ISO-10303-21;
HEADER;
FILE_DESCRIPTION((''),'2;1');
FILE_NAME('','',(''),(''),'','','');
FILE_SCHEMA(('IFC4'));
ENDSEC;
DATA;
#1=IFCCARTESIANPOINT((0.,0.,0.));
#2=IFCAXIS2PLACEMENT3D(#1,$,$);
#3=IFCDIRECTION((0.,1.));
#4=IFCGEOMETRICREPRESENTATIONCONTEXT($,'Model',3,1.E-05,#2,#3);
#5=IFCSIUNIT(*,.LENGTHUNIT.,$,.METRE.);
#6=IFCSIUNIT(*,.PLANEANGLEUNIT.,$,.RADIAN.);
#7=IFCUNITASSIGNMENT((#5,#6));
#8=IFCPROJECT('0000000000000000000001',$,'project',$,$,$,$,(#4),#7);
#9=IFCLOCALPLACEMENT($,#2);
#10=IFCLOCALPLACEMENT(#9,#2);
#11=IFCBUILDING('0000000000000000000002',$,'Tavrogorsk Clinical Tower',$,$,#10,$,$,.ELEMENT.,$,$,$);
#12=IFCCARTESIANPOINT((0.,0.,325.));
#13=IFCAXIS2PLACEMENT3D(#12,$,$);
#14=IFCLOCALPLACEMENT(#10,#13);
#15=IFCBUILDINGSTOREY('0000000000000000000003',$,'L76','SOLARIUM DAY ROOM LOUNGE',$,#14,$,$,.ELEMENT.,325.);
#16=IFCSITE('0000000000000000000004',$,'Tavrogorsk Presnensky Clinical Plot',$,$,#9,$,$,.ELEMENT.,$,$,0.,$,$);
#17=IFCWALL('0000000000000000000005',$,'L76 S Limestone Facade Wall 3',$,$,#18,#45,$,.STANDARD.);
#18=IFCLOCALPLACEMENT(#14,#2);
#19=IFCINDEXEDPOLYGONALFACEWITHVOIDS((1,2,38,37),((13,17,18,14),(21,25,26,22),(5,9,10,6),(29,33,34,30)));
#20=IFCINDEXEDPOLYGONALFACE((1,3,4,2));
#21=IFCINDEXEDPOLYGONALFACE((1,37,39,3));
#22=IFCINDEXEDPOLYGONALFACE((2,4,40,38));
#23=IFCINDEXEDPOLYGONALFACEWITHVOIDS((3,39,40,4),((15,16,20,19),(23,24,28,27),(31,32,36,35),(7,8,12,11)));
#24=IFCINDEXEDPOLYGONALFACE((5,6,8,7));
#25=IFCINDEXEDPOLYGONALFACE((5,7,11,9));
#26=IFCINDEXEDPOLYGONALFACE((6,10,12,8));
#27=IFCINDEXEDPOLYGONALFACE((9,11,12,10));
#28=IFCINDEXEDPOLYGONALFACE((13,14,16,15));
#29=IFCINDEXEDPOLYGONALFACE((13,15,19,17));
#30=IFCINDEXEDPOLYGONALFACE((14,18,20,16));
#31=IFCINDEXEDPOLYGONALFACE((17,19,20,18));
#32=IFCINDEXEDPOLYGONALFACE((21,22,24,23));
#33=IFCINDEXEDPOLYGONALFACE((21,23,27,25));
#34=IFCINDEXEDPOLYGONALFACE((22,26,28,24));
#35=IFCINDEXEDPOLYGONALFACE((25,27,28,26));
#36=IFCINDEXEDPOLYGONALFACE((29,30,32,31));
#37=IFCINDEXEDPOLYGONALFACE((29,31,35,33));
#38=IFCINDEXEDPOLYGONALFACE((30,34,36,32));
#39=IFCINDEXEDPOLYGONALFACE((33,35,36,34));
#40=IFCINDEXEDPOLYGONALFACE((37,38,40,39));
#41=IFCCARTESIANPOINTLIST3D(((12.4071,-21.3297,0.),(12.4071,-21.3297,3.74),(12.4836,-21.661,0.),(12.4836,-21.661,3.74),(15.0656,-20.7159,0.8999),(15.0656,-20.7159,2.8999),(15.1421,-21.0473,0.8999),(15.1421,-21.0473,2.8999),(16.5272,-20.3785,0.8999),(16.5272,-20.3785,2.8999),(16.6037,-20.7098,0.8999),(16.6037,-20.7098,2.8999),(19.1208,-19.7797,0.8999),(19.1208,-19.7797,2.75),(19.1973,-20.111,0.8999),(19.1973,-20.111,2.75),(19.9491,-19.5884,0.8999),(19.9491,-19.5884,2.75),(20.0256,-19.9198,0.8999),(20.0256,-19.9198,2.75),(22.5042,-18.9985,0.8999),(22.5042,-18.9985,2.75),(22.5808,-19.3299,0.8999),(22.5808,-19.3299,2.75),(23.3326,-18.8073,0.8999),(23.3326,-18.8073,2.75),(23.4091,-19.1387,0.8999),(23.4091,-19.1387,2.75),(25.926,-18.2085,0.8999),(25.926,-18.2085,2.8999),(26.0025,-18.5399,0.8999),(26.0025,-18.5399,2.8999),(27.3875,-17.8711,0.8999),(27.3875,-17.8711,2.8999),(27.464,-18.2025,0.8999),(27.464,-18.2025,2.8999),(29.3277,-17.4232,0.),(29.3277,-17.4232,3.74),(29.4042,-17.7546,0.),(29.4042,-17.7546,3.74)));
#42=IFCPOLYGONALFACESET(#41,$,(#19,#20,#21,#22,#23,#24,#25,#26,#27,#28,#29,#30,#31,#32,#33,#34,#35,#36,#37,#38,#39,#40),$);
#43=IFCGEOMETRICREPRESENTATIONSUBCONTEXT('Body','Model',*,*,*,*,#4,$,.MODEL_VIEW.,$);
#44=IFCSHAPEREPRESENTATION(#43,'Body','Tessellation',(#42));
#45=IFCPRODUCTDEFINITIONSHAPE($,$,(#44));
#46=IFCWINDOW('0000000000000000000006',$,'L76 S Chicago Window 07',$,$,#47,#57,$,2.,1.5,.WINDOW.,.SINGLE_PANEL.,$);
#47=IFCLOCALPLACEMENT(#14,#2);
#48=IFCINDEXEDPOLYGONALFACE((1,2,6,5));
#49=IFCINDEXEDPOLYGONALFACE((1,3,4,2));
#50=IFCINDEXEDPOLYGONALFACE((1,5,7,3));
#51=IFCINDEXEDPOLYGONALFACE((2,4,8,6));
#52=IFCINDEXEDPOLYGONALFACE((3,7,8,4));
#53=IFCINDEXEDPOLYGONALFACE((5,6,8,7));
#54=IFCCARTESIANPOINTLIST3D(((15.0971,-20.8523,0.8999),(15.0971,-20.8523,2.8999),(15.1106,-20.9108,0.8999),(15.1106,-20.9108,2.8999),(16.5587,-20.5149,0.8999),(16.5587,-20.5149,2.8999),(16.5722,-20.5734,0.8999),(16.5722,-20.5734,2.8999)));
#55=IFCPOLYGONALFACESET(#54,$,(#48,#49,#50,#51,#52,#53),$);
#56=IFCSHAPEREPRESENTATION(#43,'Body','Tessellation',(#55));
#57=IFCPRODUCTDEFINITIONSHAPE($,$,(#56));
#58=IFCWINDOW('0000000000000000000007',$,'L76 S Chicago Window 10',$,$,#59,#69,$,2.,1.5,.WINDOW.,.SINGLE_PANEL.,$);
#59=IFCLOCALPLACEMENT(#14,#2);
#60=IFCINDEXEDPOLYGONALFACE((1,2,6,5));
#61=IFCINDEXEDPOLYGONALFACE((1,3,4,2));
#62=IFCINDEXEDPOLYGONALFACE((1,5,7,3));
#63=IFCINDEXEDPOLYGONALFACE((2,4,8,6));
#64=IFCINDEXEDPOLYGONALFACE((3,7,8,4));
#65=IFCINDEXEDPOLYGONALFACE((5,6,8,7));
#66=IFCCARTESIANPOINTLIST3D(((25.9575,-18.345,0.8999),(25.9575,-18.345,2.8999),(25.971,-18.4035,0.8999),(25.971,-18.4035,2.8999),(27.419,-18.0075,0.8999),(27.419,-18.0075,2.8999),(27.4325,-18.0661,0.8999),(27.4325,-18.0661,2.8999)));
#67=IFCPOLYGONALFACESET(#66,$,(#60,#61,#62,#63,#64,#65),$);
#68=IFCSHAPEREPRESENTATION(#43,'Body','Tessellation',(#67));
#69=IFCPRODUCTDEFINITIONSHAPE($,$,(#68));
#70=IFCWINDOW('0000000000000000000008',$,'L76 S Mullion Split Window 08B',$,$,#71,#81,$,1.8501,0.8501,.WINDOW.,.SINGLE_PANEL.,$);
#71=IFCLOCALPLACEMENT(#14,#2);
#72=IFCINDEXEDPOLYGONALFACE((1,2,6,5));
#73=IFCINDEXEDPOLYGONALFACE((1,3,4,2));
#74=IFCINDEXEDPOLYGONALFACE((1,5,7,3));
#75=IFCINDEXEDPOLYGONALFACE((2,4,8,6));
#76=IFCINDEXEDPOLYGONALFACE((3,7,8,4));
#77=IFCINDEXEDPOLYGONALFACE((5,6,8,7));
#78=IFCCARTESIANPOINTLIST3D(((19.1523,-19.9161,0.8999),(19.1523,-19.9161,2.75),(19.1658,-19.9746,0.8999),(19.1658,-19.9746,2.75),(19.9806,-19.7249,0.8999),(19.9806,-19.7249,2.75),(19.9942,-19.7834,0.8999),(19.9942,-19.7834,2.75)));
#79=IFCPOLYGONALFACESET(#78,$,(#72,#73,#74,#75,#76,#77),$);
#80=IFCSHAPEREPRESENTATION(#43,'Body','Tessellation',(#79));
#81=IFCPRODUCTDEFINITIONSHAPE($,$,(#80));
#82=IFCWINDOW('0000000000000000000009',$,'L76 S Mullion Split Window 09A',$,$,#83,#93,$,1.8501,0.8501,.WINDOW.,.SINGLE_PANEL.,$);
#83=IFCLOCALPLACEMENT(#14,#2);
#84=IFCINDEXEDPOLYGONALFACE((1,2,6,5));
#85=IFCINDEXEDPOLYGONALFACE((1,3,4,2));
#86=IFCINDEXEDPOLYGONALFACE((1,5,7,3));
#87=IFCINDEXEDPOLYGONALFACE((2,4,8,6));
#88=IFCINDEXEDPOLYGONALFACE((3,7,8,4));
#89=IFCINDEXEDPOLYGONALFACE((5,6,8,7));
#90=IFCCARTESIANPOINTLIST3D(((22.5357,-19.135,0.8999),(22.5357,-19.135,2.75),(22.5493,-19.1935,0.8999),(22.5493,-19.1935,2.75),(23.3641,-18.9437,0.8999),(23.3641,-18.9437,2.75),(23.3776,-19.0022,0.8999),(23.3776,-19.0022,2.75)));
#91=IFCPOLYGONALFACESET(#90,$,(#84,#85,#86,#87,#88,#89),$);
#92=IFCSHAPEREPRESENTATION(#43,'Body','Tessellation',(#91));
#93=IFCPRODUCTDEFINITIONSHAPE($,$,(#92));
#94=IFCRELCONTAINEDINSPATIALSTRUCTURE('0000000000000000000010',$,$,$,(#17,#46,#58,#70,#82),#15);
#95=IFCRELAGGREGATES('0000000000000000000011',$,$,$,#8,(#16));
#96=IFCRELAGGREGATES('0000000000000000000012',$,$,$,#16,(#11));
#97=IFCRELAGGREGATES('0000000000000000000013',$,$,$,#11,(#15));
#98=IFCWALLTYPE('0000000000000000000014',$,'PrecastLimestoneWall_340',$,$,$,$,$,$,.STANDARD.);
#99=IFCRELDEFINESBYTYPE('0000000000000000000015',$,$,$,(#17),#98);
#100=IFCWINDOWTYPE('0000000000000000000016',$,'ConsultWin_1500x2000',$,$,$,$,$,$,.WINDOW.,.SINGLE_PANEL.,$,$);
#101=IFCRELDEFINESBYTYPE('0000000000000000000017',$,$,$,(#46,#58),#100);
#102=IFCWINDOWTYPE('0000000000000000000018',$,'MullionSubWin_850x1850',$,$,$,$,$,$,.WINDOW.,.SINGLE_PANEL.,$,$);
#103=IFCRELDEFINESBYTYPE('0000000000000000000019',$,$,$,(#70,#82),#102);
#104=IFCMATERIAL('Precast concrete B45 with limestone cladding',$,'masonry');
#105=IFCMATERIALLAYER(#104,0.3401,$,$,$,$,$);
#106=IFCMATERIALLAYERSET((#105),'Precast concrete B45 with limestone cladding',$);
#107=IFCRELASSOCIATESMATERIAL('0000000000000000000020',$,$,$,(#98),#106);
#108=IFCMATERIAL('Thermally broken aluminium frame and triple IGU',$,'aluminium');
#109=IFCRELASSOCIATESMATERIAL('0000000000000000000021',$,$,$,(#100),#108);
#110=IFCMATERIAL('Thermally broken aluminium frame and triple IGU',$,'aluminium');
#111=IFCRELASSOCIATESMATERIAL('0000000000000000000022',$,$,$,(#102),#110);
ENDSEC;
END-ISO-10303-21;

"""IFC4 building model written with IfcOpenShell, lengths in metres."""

from ifc_helpers import new_model, si_unit, direction, frame, frame_2d, origin, place, context, subcontext, project, spatial, rectangle, extrude, material, layer, layer_set, type_object, element, fill, save


model = new_model("IFC4")

# Units and contexts
model_context = context("Model", 3, precision=1e-05, world=origin(), true_north=direction((0.0, 1.0)))
body_context = subcontext(model_context, "Body", "Model", "MODEL_VIEW")
ifc_project = project(units=[si_unit("LENGTHUNIT", "METRE"), si_unit("PLANEANGLEUNIT", "RADIAN")], contexts=[model_context])

# Site, building, storey
site_placement = place(None, origin())
site = spatial("IfcSite", under=ifc_project, at=site_placement, Name="Tavrogorsk Presnensky Clinical Plot", CompositionType="ELEMENT", RefElevation=0.0)
building_placement = place(site_placement, origin())
building = spatial("IfcBuilding", under=site, at=building_placement, Name="Tavrogorsk Clinical Tower", CompositionType="ELEMENT")
storey_placement = place(building_placement, frame((0.0, 0.0, 325.0)))
storey = spatial("IfcBuildingStorey", under=building, at=storey_placement, Name="L76", Description="SOLARIUM DAY ROOM LOUNGE", CompositionType="ELEMENT", Elevation=325.0)

# Wall, openings, windows
ifc_material_1 = material(Name="Precast concrete B45 with limestone cladding", Category="masonry")
ifc_layer_1 = layer(ifc_material_1, 0.3401)
ifc_layer_set_1 = layer_set([ifc_layer_1], Name="Precast concrete B45 with limestone cladding")
wall_type_1 = type_object("IfcWallType", Name="PrecastLimestoneWall_340", PredefinedType="STANDARD", material=ifc_layer_set_1)
wall_1_placement = place(storey_placement, frame((12.4453, -21.4954, 0.0), z_axis=(0.0, 0.0, 1.0), x_axis=(0.974369, 0.224954, 0.0)))
wall_1 = element("IfcWall", 1, at=wall_1_placement, inside=storey, type_object=wall_type_1, Name="L76 S Limestone Facade Wall 3", PredefinedType="STANDARD", context=body_context, shape_type="SweptSolid", body=[
    extrude(rectangle(XDim=17.3657, YDim=0.3401, at=frame_2d((8.6829, 0.0))), origin(), (0.0, 0.0, 1.0), 3.74),
])
opening_1_placement = place(wall_1_placement, frame((2.7285, 0.0, 0.8999)))
opening_1 = element("IfcOpeningElement", 2, at=opening_1_placement, cuts=wall_1, PredefinedType="OPENING", context=body_context, shape_type="SweptSolid", body=[
    extrude(rectangle(XDim=1.5, YDim=2.0, at=frame_2d((0.75, 1.0))), frame((0.0, 0.1799, 0.0), z_axis=(0.0, -1.0, 0.0), x_axis=(1.0, 0.0, 0.0)), (0.0, 0.0, 1.0), 0.3601),
])
opening_2_placement = place(wall_1_placement, frame((6.8904, 0.0, 0.8999)))
opening_2 = element("IfcOpeningElement", 3, at=opening_2_placement, cuts=wall_1, PredefinedType="OPENING", context=body_context, shape_type="SweptSolid", body=[
    extrude(rectangle(XDim=0.8501, YDim=1.8501, at=frame_2d((0.425, 0.925))), frame((0.0, 0.1799, 0.0), z_axis=(0.0, -1.0, 0.0), x_axis=(1.0, 0.0, 0.0)), (0.0, 0.0, 1.0), 0.3601),
])
opening_3_placement = place(wall_1_placement, frame((10.3628, 0.0, 0.8999)))
opening_3 = element("IfcOpeningElement", 4, at=opening_3_placement, cuts=wall_1, PredefinedType="OPENING", context=body_context, shape_type="SweptSolid", body=[
    extrude(rectangle(XDim=0.8501, YDim=1.8501, at=frame_2d((0.425, 0.925))), frame((0.0, 0.1799, 0.0), z_axis=(0.0, -1.0, 0.0), x_axis=(1.0, 0.0, 0.0)), (0.0, 0.0, 1.0), 0.3601),
])
opening_4_placement = place(wall_1_placement, frame((13.8745, 0.0, 0.8999)))
opening_4 = element("IfcOpeningElement", 5, at=opening_4_placement, cuts=wall_1, PredefinedType="OPENING", context=body_context, shape_type="SweptSolid", body=[
    extrude(rectangle(XDim=1.5, YDim=2.0, at=frame_2d((0.75, 1.0))), frame((0.0, 0.1799, 0.0), z_axis=(0.0, -1.0, 0.0), x_axis=(1.0, 0.0, 0.0)), (0.0, 0.0, 1.0), 0.3601),
])
ifc_material_2 = material(Name="Thermally broken aluminium frame and triple IGU", Category="aluminium")
window_type_1 = type_object("IfcWindowType", Name="ConsultWin_1500x2000", PartitioningType="SINGLE_PANEL", PredefinedType="WINDOW", material=ifc_material_2)
window_1_placement = place(opening_1_placement, origin())
window_1 = element("IfcWindow", 6, at=window_1_placement, inside=storey, type_object=window_type_1, Name="L76 S Chicago Window 07", OverallHeight=2.0, OverallWidth=1.5, PartitioningType="SINGLE_PANEL", PredefinedType="WINDOW", context=body_context, shape_type="SweptSolid", body=[
    extrude(rectangle(XDim=1.5, YDim=2.0, at=frame_2d((0.75, 1.0))), frame((0.0, 0.03, 0.0), z_axis=(0.0, -1.0, 0.0), x_axis=(1.0, 0.0, 0.0)), (0.0, 0.0, 1.0), 0.0601),
])
fill(opening_1, window_1)
window_2_placement = place(opening_4_placement, origin())
window_2 = element("IfcWindow", 7, at=window_2_placement, inside=storey, type_object=window_type_1, Name="L76 S Chicago Window 10", OverallHeight=2.0, OverallWidth=1.5, PartitioningType="SINGLE_PANEL", PredefinedType="WINDOW", context=body_context, shape_type="SweptSolid", body=[
    extrude(rectangle(XDim=1.5, YDim=2.0, at=frame_2d((0.75, 1.0))), frame((0.0, 0.03, 0.0), z_axis=(0.0, -1.0, 0.0), x_axis=(1.0, 0.0, 0.0)), (0.0, 0.0, 1.0), 0.0601),
])
fill(opening_4, window_2)
ifc_material_3 = material(Name="Thermally broken aluminium frame and triple IGU", Category="aluminium")
window_type_2 = type_object("IfcWindowType", Name="MullionSubWin_850x1850", PartitioningType="SINGLE_PANEL", PredefinedType="WINDOW", material=ifc_material_3)
window_3_placement = place(opening_2_placement, origin())
window_3 = element("IfcWindow", 8, at=window_3_placement, inside=storey, type_object=window_type_2, Name="L76 S Mullion Split Window 08B", OverallHeight=1.8501, OverallWidth=0.8501, PartitioningType="SINGLE_PANEL", PredefinedType="WINDOW", context=body_context, shape_type="SweptSolid", body=[
    extrude(rectangle(XDim=0.8501, YDim=1.8501, at=frame_2d((0.425, 0.925))), frame((0.0, 0.03, 0.0), z_axis=(0.0, -1.0, 0.0), x_axis=(1.0, 0.0, 0.0)), (0.0, 0.0, 1.0), 0.0601),
])
fill(opening_2, window_3)
window_4_placement = place(opening_3_placement, origin())
window_4 = element("IfcWindow", 9, at=window_4_placement, inside=storey, type_object=window_type_2, Name="L76 S Mullion Split Window 09A", OverallHeight=1.8501, OverallWidth=0.8501, PartitioningType="SINGLE_PANEL", PredefinedType="WINDOW", context=body_context, shape_type="SweptSolid", body=[
    extrude(rectangle(XDim=0.8501, YDim=1.8501, at=frame_2d((0.425, 0.925))), frame((0.0, 0.03, 0.0), z_axis=(0.0, -1.0, 0.0), x_axis=(1.0, 0.0, 0.0)), (0.0, 0.0, 1.0), 0.0601),
])
fill(opening_3, window_4)

save(model, "model.ifc")
